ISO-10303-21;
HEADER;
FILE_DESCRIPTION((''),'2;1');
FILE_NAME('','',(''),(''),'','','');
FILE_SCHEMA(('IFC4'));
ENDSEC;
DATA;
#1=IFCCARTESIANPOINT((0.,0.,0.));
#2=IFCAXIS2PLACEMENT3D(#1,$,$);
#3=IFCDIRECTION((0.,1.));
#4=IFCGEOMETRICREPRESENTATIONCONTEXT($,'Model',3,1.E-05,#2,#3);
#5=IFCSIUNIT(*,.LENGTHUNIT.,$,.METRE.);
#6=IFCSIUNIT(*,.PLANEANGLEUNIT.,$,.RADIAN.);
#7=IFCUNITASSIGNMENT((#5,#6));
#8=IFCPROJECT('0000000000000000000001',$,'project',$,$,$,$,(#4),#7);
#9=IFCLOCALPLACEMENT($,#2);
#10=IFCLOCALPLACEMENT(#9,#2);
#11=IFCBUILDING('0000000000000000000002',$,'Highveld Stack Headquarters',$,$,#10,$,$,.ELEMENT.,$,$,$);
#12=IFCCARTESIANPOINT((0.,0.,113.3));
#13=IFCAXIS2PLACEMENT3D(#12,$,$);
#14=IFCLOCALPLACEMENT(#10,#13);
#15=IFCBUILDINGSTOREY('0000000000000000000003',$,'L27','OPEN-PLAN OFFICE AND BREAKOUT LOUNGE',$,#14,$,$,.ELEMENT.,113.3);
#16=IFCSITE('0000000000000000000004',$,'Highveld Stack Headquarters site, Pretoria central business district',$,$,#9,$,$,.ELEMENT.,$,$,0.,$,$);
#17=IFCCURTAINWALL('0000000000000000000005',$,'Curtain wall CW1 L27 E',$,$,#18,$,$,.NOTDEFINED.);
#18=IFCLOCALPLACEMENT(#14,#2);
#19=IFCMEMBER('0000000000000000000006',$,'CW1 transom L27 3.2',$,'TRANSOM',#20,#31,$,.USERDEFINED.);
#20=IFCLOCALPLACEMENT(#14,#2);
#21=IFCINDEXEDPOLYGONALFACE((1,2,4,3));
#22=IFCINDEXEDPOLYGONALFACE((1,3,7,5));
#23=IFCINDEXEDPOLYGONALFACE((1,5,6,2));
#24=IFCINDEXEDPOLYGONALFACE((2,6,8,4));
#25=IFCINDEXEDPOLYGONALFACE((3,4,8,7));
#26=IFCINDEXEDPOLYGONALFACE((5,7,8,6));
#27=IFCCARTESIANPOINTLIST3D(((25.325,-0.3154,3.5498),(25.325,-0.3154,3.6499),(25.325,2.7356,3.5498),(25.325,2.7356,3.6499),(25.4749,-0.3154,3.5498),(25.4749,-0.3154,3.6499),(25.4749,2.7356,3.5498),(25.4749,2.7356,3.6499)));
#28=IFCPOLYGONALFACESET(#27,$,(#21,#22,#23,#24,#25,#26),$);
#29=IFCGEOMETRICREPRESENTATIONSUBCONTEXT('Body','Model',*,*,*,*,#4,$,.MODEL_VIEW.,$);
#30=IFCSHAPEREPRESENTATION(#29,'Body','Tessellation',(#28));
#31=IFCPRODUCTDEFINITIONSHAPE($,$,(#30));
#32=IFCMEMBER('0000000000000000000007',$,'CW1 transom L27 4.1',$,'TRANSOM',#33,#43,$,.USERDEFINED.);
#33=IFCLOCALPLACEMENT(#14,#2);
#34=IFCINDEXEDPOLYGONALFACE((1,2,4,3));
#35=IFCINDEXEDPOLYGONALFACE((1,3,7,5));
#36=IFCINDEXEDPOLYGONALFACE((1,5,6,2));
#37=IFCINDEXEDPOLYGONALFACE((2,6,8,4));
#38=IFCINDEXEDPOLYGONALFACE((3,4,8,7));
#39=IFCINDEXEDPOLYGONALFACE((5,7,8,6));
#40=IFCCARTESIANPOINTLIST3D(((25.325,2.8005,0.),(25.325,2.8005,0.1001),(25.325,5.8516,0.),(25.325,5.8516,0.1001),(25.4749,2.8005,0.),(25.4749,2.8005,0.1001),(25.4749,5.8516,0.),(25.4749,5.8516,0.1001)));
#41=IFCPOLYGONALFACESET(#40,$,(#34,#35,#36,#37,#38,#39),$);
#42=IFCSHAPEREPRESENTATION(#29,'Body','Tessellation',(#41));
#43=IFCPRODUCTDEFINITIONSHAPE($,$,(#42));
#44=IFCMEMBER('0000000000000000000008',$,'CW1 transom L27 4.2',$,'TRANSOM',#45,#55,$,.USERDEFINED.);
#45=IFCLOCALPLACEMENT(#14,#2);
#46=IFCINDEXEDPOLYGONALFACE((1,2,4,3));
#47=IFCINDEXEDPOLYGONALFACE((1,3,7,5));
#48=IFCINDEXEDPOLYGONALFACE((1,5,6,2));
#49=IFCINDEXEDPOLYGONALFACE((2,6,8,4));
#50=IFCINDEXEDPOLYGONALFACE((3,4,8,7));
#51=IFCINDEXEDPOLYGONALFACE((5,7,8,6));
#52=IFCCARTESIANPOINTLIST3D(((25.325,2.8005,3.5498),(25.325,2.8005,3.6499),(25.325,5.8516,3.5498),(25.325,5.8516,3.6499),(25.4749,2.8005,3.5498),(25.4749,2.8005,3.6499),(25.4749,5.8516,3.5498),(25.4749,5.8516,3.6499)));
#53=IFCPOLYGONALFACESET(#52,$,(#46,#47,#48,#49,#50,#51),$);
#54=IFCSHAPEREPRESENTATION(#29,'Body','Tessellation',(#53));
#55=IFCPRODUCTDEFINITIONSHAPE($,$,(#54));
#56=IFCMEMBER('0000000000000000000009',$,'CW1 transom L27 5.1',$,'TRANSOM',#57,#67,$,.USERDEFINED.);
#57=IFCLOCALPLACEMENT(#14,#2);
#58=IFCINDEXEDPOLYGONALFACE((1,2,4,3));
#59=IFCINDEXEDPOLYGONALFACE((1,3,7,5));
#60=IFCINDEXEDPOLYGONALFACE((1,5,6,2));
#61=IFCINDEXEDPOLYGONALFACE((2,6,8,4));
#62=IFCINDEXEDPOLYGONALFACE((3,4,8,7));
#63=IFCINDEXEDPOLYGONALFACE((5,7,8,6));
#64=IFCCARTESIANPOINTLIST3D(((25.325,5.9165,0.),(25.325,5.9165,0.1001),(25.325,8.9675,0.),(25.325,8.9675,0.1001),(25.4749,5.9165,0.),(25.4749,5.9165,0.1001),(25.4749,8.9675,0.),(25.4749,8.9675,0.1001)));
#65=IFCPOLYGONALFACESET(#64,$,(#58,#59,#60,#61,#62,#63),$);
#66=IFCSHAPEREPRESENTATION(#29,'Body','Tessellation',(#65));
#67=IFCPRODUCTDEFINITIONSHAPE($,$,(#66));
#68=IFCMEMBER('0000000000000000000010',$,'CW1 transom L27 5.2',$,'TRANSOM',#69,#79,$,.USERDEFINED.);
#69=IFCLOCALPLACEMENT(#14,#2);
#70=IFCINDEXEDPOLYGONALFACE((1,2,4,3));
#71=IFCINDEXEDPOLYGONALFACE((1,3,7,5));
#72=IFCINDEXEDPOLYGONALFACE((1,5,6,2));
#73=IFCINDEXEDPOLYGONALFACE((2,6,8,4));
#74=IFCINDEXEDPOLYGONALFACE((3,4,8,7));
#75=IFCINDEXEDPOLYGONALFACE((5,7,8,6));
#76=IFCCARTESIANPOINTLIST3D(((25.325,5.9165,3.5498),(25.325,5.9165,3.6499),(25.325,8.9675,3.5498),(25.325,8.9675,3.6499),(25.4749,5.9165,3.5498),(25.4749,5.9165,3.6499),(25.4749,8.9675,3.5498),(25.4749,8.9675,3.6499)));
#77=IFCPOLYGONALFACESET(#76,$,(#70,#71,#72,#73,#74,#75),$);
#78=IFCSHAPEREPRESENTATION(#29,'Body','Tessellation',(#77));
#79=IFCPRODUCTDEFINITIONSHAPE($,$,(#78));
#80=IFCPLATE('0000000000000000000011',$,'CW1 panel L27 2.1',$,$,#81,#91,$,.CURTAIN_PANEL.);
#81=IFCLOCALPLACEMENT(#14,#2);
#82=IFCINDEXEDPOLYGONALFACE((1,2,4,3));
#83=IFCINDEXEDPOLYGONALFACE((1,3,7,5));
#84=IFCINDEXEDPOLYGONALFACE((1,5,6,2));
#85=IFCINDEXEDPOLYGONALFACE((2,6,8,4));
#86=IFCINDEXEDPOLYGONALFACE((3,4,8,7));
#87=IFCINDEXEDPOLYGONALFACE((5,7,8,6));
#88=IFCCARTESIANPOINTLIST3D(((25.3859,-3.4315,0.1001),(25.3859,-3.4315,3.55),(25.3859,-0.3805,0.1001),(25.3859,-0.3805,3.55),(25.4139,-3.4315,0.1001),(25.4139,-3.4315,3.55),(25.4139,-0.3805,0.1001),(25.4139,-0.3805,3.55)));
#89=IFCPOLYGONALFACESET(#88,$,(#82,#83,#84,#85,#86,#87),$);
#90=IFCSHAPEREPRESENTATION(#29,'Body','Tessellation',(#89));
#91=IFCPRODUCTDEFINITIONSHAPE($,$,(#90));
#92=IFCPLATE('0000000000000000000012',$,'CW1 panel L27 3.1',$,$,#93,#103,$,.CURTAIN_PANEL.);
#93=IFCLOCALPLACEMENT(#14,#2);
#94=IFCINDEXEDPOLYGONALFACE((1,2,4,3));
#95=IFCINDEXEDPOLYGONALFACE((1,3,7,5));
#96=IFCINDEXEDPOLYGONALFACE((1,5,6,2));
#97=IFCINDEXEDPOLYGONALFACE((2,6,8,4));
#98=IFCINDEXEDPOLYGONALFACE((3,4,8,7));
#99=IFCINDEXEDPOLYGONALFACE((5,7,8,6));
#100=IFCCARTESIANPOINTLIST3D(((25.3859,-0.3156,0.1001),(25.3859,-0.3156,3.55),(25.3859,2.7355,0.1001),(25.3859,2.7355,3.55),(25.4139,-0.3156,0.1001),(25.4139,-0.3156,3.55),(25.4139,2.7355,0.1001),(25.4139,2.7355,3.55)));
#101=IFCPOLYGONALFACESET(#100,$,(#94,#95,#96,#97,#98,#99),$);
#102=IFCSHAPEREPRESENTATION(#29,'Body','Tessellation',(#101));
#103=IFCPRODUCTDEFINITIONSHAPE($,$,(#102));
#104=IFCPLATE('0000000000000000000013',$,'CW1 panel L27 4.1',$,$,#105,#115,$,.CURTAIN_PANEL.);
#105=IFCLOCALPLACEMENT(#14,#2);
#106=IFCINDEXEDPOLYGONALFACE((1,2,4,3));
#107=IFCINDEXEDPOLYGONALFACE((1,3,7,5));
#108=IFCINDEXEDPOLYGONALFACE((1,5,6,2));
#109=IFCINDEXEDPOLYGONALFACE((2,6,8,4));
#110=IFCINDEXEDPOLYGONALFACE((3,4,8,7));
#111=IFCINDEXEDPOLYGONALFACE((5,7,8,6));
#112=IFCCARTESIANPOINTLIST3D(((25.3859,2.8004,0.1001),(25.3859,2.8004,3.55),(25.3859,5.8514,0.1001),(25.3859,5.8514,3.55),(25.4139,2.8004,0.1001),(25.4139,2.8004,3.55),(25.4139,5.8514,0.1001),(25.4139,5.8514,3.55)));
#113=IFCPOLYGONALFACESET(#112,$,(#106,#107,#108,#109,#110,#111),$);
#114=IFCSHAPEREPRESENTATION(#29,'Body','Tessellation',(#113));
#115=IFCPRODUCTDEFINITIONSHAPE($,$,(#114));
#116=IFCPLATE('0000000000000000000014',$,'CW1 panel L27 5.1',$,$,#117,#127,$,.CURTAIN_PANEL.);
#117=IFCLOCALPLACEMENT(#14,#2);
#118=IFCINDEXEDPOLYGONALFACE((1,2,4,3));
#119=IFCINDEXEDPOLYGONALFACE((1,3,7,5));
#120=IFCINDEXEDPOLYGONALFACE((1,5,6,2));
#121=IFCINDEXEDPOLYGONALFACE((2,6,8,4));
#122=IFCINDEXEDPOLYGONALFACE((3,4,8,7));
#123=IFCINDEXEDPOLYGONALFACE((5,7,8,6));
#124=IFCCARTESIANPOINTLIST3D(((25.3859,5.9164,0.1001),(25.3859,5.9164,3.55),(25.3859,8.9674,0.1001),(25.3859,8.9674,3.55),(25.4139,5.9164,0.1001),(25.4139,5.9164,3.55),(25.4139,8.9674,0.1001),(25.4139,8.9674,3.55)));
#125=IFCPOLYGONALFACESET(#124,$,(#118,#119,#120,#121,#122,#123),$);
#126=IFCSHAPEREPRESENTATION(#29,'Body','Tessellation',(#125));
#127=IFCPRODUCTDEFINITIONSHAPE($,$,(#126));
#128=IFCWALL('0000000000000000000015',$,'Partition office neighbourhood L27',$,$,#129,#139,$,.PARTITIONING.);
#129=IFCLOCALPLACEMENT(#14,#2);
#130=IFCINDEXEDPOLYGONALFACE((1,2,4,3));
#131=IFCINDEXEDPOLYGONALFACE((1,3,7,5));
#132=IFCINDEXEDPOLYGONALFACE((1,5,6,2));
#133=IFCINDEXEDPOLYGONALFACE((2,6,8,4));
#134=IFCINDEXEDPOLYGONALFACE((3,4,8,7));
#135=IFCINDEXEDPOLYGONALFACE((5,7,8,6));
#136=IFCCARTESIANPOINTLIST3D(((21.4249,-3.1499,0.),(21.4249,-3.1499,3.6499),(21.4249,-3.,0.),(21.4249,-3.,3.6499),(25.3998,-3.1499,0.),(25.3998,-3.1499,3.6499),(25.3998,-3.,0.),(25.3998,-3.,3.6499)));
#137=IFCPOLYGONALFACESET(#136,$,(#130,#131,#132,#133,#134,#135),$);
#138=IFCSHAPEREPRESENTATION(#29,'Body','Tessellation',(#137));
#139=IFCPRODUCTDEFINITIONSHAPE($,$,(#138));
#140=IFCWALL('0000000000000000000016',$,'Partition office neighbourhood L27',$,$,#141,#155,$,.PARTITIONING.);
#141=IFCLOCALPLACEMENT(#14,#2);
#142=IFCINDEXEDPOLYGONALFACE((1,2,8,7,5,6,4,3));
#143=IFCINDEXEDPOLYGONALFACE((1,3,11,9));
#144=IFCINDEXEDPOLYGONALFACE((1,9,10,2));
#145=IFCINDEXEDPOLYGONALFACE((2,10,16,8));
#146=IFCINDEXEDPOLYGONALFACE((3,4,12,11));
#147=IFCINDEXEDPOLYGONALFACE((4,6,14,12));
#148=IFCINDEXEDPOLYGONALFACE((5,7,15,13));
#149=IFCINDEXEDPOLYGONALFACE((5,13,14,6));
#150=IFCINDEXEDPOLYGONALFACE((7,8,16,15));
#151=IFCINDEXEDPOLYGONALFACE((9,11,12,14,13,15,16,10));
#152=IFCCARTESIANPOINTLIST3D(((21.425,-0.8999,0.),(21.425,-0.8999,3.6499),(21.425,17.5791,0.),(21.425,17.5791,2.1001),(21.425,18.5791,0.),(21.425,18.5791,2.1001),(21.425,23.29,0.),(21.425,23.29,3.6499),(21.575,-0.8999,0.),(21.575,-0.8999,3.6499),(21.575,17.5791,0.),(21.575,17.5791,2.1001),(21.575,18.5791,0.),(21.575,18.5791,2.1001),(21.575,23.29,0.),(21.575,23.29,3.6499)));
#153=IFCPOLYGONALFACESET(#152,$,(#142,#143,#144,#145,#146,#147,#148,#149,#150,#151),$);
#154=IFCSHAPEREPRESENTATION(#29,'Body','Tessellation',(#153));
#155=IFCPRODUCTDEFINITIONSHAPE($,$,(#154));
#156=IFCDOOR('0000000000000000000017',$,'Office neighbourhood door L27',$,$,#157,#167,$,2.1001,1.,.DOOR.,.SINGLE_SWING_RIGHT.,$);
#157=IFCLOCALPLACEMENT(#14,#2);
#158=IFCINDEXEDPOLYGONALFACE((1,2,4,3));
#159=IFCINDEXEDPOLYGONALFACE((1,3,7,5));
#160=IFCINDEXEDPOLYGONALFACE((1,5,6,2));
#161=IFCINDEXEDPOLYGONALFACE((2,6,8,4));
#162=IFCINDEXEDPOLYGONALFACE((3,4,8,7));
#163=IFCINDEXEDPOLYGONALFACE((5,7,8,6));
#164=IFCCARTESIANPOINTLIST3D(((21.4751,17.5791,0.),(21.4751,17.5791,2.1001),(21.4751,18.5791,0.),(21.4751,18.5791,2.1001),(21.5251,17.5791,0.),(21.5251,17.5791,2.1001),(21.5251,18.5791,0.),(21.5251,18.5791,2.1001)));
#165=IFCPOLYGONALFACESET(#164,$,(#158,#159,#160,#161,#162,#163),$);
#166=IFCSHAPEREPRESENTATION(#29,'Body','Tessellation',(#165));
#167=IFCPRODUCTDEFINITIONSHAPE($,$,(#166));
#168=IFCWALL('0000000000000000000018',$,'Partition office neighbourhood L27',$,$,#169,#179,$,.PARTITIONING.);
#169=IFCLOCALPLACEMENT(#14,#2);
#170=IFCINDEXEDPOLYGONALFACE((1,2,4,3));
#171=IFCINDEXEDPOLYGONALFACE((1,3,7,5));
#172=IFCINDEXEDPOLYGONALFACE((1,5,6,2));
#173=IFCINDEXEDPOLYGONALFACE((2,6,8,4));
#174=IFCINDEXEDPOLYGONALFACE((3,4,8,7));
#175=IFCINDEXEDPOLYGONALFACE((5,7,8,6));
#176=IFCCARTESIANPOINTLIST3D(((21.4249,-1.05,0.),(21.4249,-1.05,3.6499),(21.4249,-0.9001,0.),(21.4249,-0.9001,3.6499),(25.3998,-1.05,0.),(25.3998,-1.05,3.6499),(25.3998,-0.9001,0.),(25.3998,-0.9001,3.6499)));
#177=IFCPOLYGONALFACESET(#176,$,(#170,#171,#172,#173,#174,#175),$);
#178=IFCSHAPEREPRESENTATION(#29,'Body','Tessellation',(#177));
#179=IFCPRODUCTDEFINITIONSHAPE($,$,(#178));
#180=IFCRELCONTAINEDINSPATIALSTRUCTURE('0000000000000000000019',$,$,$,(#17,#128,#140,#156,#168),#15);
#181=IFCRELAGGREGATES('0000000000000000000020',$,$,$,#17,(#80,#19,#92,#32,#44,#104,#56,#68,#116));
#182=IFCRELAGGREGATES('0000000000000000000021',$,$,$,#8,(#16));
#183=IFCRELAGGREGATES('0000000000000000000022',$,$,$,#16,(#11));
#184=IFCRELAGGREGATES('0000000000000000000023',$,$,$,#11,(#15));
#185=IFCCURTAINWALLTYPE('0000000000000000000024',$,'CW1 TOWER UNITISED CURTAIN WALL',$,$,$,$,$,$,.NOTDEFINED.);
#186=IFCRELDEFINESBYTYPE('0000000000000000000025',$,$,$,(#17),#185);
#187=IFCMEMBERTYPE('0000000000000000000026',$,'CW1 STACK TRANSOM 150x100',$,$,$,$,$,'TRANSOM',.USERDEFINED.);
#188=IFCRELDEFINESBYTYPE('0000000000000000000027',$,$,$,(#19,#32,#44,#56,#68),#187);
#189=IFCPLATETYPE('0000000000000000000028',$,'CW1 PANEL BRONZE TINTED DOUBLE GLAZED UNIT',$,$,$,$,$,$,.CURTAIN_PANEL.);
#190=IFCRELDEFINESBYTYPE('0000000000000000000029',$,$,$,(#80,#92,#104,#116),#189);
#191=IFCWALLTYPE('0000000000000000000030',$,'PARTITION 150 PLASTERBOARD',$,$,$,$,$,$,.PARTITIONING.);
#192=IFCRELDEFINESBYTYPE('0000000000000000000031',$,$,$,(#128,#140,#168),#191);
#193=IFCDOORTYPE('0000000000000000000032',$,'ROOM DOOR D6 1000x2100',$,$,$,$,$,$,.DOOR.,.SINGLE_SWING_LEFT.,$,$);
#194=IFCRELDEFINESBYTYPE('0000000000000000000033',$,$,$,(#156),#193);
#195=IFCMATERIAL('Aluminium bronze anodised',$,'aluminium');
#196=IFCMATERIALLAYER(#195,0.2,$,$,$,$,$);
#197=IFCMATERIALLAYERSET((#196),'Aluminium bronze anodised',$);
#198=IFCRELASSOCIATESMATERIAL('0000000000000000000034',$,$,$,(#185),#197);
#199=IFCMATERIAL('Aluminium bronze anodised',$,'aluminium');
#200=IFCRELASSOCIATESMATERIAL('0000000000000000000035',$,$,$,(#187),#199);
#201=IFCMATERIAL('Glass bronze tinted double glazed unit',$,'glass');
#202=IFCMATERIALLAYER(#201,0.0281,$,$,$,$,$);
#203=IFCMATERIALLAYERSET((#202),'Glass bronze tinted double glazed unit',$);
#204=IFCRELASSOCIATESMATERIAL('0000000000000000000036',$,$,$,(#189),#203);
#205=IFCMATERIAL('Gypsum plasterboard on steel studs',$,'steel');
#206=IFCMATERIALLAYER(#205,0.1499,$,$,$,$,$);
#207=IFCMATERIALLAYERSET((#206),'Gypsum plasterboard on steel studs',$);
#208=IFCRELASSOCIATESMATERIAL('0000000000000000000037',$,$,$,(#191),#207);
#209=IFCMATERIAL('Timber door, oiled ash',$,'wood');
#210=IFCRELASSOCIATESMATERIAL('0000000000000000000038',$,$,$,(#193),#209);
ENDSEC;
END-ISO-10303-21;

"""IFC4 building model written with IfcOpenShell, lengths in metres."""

from ifc_helpers import new_model, si_unit, direction, frame, frame_2d, origin, origin_2d, place, context, subcontext, project, spatial, rectangle, extrude, material, layer, layer_set, material_profile, profile_set, type_object, element, fill, aggregate, save


model = new_model("IFC4")

# Units and contexts
model_context = context("Model", 3, precision=1e-05, world=origin(), true_north=direction((0.0, 1.0)))
body_context = subcontext(model_context, "Body", "Model", "MODEL_VIEW")
ifc_project = project(units=[si_unit("LENGTHUNIT", "METRE"), si_unit("PLANEANGLEUNIT", "RADIAN")], contexts=[model_context])

# Site, building, storey
site_placement = place(None, origin())
site = spatial("IfcSite", under=ifc_project, at=site_placement, Name="Highveld Stack Headquarters site, Pretoria central business district", CompositionType="ELEMENT", RefElevation=0.0)
building_placement = place(site_placement, origin())
building = spatial("IfcBuilding", under=site, at=building_placement, Name="Highveld Stack Headquarters", CompositionType="ELEMENT")
storey_placement = place(building_placement, frame((0.0, 0.0, 113.3)))
storey = spatial("IfcBuildingStorey", under=building, at=storey_placement, Name="L27", Description="OPEN-PLAN OFFICE AND BREAKOUT LOUNGE", CompositionType="ELEMENT", Elevation=113.3)

# Curtain wall, members, plates
ifc_material_1 = material(Name="Aluminium bronze anodised", Category="aluminium")
ifc_layer_1 = layer(ifc_material_1, 0.2)
ifc_layer_set_1 = layer_set([ifc_layer_1], Name="Aluminium bronze anodised")
curtain_wall_type = type_object("IfcCurtainWallType", Name="CW1 TOWER UNITISED CURTAIN WALL", PredefinedType="NOTDEFINED", material=ifc_layer_set_1)
curtain_wall_placement = place(storey_placement, origin())
curtain_wall = element("IfcCurtainWall", 1, at=curtain_wall_placement, inside=storey, type_object=curtain_wall_type, Name="Curtain wall CW1 L27 E", PredefinedType="NOTDEFINED")
ifc_material_2 = material(Name="Aluminium bronze anodised", Category="aluminium")
ifc_material_profile_1 = material_profile(ifc_material_2, rectangle(XDim=0.1499, YDim=0.1001, at=origin_2d()), Name="CW1 TRANSOM 150x100")
ifc_profile_set_1 = profile_set([ifc_material_profile_1], Name="Aluminium bronze anodised")
member_type_1 = type_object("IfcMemberType", Name="CW1 STACK TRANSOM 150x100", ElementType="TRANSOM", PredefinedType="USERDEFINED", material=ifc_profile_set_1)
member_1_placement = place(storey_placement, frame((25.3999, -0.3154, 3.5999), z_axis=(0.0, 1.0, 0.0), x_axis=(-1.0, 0.0, 0.0)))
member_1 = element("IfcMember", 2, at=member_1_placement, type_object=member_type_1, Name="CW1 transom L27 3.2", ObjectType="TRANSOM", PredefinedType="USERDEFINED", context=body_context, shape_type="SweptSolid", body=[
    extrude(rectangle(XDim=0.1499, YDim=0.1001, at=origin_2d()), origin(), (0.0, 0.0, 1.0), 3.051),
])
member_2_placement = place(storey_placement, frame((25.3999, 2.8005, 0.05), z_axis=(0.0, 1.0, 0.0), x_axis=(-1.0, 0.0, 0.0)))
member_2 = element("IfcMember", 3, at=member_2_placement, type_object=member_type_1, Name="CW1 transom L27 4.1", ObjectType="TRANSOM", PredefinedType="USERDEFINED", context=body_context, shape_type="SweptSolid", body=[
    extrude(rectangle(XDim=0.1499, YDim=0.1001, at=origin_2d()), origin(), (0.0, 0.0, 1.0), 3.051),
])
member_3_placement = place(storey_placement, frame((25.3999, 2.8005, 3.5999), z_axis=(0.0, 1.0, 0.0), x_axis=(-1.0, 0.0, 0.0)))
member_3 = element("IfcMember", 4, at=member_3_placement, type_object=member_type_1, Name="CW1 transom L27 4.2", ObjectType="TRANSOM", PredefinedType="USERDEFINED", context=body_context, shape_type="SweptSolid", body=[
    extrude(rectangle(XDim=0.1499, YDim=0.1001, at=origin_2d()), origin(), (0.0, 0.0, 1.0), 3.051),
])
member_4_placement = place(storey_placement, frame((25.3999, 5.9165, 0.05), z_axis=(0.0, 1.0, 0.0), x_axis=(-1.0, 0.0, 0.0)))
member_4 = element("IfcMember", 5, at=member_4_placement, type_object=member_type_1, Name="CW1 transom L27 5.1", ObjectType="TRANSOM", PredefinedType="USERDEFINED", context=body_context, shape_type="SweptSolid", body=[
    extrude(rectangle(XDim=0.1499, YDim=0.1001, at=origin_2d()), origin(), (0.0, 0.0, 1.0), 3.051),
])
member_5_placement = place(storey_placement, frame((25.3999, 5.9165, 3.5999), z_axis=(0.0, 1.0, 0.0), x_axis=(-1.0, 0.0, 0.0)))
member_5 = element("IfcMember", 6, at=member_5_placement, type_object=member_type_1, Name="CW1 transom L27 5.2", ObjectType="TRANSOM", PredefinedType="USERDEFINED", context=body_context, shape_type="SweptSolid", body=[
    extrude(rectangle(XDim=0.1499, YDim=0.1001, at=origin_2d()), origin(), (0.0, 0.0, 1.0), 3.051),
])
ifc_material_3 = material(Name="Glass bronze tinted double glazed unit", Category="glass")
ifc_layer_2 = layer(ifc_material_3, 0.0281)
ifc_layer_set_2 = layer_set([ifc_layer_2], Name="Glass bronze tinted double glazed unit")
plate_type = type_object("IfcPlateType", Name="CW1 PANEL BRONZE TINTED DOUBLE GLAZED UNIT", PredefinedType="CURTAIN_PANEL", material=ifc_layer_set_2)
plate_1_placement = place(storey_placement, frame((25.3999, -1.906, 0.1001), z_axis=(0.0, 0.0, 1.0), x_axis=(0.0, 1.0, 0.0)))
plate_1 = element("IfcPlate", 7, at=plate_1_placement, type_object=plate_type, Name="CW1 panel L27 2.1", PredefinedType="CURTAIN_PANEL", context=body_context, shape_type="SweptSolid", body=[
    extrude(rectangle(XDim=3.051, YDim=0.0281, at=origin_2d()), origin(), (0.0, 0.0, 1.0), 3.45),
])
plate_2_placement = place(storey_placement, frame((25.3999, 1.21, 0.1001), z_axis=(0.0, 0.0, 1.0), x_axis=(0.0, 1.0, 0.0)))
plate_2 = element("IfcPlate", 8, at=plate_2_placement, type_object=plate_type, Name="CW1 panel L27 3.1", PredefinedType="CURTAIN_PANEL", context=body_context, shape_type="SweptSolid", body=[
    extrude(rectangle(XDim=3.051, YDim=0.0281, at=origin_2d()), origin(), (0.0, 0.0, 1.0), 3.45),
])
plate_3_placement = place(storey_placement, frame((25.3999, 4.3259, 0.1001), z_axis=(0.0, 0.0, 1.0), x_axis=(0.0, 1.0, 0.0)))
plate_3 = element("IfcPlate", 9, at=plate_3_placement, type_object=plate_type, Name="CW1 panel L27 4.1", PredefinedType="CURTAIN_PANEL", context=body_context, shape_type="SweptSolid", body=[
    extrude(rectangle(XDim=3.051, YDim=0.0281, at=origin_2d()), origin(), (0.0, 0.0, 1.0), 3.45),
])
plate_4_placement = place(storey_placement, frame((25.3999, 7.4419, 0.1001), z_axis=(0.0, 0.0, 1.0), x_axis=(0.0, 1.0, 0.0)))
plate_4 = element("IfcPlate", 10, at=plate_4_placement, type_object=plate_type, Name="CW1 panel L27 5.1", PredefinedType="CURTAIN_PANEL", context=body_context, shape_type="SweptSolid", body=[
    extrude(rectangle(XDim=3.051, YDim=0.0281, at=origin_2d()), origin(), (0.0, 0.0, 1.0), 3.45),
])
aggregate(curtain_wall, [plate_1, member_1, plate_2, member_2, member_3, plate_3, member_4, member_5, plate_4])

# Wall
ifc_material_4 = material(Name="Gypsum plasterboard on steel studs", Category="steel")
ifc_layer_3 = layer(ifc_material_4, 0.1499)
ifc_layer_set_3 = layer_set([ifc_layer_3], Name="Gypsum plasterboard on steel studs")
wall_type = type_object("IfcWallType", Name="PARTITION 150 PLASTERBOARD", PredefinedType="PARTITIONING", material=ifc_layer_set_3)
wall_1_placement = place(storey_placement, frame((21.425, -3.075, 0.0), z_axis=(0.0, 0.0, 1.0), x_axis=(1.0, 0.0, 0.0)))
element("IfcWall", 11, at=wall_1_placement, inside=storey, type_object=wall_type, Name="Partition office neighbourhood L27", PredefinedType="PARTITIONING", context=body_context, shape_type="SweptSolid", body=[
    extrude(rectangle(XDim=3.9749, YDim=0.1499, at=frame_2d((1.9873, 0.0))), origin(), (0.0, 0.0, 1.0), 3.6499),
])

# Wall, opening, door
wall_2_placement = place(storey_placement, frame((21.5, -0.8999, 0.0), z_axis=(0.0, 0.0, 1.0), x_axis=(0.0, 1.0, 0.0)))
wall_2 = element("IfcWall", 12, at=wall_2_placement, inside=storey, type_object=wall_type, Name="Partition office neighbourhood L27", PredefinedType="PARTITIONING", context=body_context, shape_type="SweptSolid", body=[
    extrude(rectangle(XDim=24.1899, YDim=0.1499, at=frame_2d((12.095, 0.0))), origin(), (0.0, 0.0, 1.0), 3.6499),
])
opening_placement = place(wall_2_placement, frame((18.479, 0.0, 0.0)))
opening = element("IfcOpeningElement", 13, at=opening_placement, cuts=wall_2, PredefinedType="OPENING", context=body_context, shape_type="SweptSolid", body=[
    extrude(rectangle(XDim=1.0, YDim=2.1001, at=frame_2d((0.5, 1.05))), frame((0.0, 0.085, 0.0), z_axis=(0.0, -1.0, 0.0), x_axis=(1.0, 0.0, 0.0)), (0.0, 0.0, 1.0), 0.1699),
])
ifc_material_5 = material(Name="Timber door, oiled ash", Category="wood")
door_type = type_object("IfcDoorType", Name="ROOM DOOR D6 1000x2100", OperationType="SINGLE_SWING_LEFT", PredefinedType="DOOR", material=ifc_material_5)
door_placement = place(opening_placement, origin())
door = element("IfcDoor", 14, at=door_placement, inside=storey, type_object=door_type, Name="Office neighbourhood door L27", OperationType="SINGLE_SWING_RIGHT", OverallHeight=2.1001, OverallWidth=1.0, PredefinedType="DOOR", context=body_context, shape_type="SweptSolid", body=[
    extrude(rectangle(XDim=1.0, YDim=2.1001, at=frame_2d((0.5, 1.05))), frame((0.0, 0.0249, 0.0), z_axis=(0.0, -1.0, 0.0), x_axis=(1.0, 0.0, 0.0)), (0.0, 0.0, 1.0), 0.05),
])
fill(opening, door)

# Wall
wall_3_placement = place(storey_placement, frame((21.425, -0.9751, 0.0), z_axis=(0.0, 0.0, 1.0), x_axis=(1.0, 0.0, 0.0)))
element("IfcWall", 15, at=wall_3_placement, inside=storey, type_object=wall_type, Name="Partition office neighbourhood L27", PredefinedType="PARTITIONING", context=body_context, shape_type="SweptSolid", body=[
    extrude(rectangle(XDim=3.9749, YDim=0.1499, at=frame_2d((1.9873, 0.0))), origin(), (0.0, 0.0, 1.0), 3.6499),
])

save(model, "model.ifc")
